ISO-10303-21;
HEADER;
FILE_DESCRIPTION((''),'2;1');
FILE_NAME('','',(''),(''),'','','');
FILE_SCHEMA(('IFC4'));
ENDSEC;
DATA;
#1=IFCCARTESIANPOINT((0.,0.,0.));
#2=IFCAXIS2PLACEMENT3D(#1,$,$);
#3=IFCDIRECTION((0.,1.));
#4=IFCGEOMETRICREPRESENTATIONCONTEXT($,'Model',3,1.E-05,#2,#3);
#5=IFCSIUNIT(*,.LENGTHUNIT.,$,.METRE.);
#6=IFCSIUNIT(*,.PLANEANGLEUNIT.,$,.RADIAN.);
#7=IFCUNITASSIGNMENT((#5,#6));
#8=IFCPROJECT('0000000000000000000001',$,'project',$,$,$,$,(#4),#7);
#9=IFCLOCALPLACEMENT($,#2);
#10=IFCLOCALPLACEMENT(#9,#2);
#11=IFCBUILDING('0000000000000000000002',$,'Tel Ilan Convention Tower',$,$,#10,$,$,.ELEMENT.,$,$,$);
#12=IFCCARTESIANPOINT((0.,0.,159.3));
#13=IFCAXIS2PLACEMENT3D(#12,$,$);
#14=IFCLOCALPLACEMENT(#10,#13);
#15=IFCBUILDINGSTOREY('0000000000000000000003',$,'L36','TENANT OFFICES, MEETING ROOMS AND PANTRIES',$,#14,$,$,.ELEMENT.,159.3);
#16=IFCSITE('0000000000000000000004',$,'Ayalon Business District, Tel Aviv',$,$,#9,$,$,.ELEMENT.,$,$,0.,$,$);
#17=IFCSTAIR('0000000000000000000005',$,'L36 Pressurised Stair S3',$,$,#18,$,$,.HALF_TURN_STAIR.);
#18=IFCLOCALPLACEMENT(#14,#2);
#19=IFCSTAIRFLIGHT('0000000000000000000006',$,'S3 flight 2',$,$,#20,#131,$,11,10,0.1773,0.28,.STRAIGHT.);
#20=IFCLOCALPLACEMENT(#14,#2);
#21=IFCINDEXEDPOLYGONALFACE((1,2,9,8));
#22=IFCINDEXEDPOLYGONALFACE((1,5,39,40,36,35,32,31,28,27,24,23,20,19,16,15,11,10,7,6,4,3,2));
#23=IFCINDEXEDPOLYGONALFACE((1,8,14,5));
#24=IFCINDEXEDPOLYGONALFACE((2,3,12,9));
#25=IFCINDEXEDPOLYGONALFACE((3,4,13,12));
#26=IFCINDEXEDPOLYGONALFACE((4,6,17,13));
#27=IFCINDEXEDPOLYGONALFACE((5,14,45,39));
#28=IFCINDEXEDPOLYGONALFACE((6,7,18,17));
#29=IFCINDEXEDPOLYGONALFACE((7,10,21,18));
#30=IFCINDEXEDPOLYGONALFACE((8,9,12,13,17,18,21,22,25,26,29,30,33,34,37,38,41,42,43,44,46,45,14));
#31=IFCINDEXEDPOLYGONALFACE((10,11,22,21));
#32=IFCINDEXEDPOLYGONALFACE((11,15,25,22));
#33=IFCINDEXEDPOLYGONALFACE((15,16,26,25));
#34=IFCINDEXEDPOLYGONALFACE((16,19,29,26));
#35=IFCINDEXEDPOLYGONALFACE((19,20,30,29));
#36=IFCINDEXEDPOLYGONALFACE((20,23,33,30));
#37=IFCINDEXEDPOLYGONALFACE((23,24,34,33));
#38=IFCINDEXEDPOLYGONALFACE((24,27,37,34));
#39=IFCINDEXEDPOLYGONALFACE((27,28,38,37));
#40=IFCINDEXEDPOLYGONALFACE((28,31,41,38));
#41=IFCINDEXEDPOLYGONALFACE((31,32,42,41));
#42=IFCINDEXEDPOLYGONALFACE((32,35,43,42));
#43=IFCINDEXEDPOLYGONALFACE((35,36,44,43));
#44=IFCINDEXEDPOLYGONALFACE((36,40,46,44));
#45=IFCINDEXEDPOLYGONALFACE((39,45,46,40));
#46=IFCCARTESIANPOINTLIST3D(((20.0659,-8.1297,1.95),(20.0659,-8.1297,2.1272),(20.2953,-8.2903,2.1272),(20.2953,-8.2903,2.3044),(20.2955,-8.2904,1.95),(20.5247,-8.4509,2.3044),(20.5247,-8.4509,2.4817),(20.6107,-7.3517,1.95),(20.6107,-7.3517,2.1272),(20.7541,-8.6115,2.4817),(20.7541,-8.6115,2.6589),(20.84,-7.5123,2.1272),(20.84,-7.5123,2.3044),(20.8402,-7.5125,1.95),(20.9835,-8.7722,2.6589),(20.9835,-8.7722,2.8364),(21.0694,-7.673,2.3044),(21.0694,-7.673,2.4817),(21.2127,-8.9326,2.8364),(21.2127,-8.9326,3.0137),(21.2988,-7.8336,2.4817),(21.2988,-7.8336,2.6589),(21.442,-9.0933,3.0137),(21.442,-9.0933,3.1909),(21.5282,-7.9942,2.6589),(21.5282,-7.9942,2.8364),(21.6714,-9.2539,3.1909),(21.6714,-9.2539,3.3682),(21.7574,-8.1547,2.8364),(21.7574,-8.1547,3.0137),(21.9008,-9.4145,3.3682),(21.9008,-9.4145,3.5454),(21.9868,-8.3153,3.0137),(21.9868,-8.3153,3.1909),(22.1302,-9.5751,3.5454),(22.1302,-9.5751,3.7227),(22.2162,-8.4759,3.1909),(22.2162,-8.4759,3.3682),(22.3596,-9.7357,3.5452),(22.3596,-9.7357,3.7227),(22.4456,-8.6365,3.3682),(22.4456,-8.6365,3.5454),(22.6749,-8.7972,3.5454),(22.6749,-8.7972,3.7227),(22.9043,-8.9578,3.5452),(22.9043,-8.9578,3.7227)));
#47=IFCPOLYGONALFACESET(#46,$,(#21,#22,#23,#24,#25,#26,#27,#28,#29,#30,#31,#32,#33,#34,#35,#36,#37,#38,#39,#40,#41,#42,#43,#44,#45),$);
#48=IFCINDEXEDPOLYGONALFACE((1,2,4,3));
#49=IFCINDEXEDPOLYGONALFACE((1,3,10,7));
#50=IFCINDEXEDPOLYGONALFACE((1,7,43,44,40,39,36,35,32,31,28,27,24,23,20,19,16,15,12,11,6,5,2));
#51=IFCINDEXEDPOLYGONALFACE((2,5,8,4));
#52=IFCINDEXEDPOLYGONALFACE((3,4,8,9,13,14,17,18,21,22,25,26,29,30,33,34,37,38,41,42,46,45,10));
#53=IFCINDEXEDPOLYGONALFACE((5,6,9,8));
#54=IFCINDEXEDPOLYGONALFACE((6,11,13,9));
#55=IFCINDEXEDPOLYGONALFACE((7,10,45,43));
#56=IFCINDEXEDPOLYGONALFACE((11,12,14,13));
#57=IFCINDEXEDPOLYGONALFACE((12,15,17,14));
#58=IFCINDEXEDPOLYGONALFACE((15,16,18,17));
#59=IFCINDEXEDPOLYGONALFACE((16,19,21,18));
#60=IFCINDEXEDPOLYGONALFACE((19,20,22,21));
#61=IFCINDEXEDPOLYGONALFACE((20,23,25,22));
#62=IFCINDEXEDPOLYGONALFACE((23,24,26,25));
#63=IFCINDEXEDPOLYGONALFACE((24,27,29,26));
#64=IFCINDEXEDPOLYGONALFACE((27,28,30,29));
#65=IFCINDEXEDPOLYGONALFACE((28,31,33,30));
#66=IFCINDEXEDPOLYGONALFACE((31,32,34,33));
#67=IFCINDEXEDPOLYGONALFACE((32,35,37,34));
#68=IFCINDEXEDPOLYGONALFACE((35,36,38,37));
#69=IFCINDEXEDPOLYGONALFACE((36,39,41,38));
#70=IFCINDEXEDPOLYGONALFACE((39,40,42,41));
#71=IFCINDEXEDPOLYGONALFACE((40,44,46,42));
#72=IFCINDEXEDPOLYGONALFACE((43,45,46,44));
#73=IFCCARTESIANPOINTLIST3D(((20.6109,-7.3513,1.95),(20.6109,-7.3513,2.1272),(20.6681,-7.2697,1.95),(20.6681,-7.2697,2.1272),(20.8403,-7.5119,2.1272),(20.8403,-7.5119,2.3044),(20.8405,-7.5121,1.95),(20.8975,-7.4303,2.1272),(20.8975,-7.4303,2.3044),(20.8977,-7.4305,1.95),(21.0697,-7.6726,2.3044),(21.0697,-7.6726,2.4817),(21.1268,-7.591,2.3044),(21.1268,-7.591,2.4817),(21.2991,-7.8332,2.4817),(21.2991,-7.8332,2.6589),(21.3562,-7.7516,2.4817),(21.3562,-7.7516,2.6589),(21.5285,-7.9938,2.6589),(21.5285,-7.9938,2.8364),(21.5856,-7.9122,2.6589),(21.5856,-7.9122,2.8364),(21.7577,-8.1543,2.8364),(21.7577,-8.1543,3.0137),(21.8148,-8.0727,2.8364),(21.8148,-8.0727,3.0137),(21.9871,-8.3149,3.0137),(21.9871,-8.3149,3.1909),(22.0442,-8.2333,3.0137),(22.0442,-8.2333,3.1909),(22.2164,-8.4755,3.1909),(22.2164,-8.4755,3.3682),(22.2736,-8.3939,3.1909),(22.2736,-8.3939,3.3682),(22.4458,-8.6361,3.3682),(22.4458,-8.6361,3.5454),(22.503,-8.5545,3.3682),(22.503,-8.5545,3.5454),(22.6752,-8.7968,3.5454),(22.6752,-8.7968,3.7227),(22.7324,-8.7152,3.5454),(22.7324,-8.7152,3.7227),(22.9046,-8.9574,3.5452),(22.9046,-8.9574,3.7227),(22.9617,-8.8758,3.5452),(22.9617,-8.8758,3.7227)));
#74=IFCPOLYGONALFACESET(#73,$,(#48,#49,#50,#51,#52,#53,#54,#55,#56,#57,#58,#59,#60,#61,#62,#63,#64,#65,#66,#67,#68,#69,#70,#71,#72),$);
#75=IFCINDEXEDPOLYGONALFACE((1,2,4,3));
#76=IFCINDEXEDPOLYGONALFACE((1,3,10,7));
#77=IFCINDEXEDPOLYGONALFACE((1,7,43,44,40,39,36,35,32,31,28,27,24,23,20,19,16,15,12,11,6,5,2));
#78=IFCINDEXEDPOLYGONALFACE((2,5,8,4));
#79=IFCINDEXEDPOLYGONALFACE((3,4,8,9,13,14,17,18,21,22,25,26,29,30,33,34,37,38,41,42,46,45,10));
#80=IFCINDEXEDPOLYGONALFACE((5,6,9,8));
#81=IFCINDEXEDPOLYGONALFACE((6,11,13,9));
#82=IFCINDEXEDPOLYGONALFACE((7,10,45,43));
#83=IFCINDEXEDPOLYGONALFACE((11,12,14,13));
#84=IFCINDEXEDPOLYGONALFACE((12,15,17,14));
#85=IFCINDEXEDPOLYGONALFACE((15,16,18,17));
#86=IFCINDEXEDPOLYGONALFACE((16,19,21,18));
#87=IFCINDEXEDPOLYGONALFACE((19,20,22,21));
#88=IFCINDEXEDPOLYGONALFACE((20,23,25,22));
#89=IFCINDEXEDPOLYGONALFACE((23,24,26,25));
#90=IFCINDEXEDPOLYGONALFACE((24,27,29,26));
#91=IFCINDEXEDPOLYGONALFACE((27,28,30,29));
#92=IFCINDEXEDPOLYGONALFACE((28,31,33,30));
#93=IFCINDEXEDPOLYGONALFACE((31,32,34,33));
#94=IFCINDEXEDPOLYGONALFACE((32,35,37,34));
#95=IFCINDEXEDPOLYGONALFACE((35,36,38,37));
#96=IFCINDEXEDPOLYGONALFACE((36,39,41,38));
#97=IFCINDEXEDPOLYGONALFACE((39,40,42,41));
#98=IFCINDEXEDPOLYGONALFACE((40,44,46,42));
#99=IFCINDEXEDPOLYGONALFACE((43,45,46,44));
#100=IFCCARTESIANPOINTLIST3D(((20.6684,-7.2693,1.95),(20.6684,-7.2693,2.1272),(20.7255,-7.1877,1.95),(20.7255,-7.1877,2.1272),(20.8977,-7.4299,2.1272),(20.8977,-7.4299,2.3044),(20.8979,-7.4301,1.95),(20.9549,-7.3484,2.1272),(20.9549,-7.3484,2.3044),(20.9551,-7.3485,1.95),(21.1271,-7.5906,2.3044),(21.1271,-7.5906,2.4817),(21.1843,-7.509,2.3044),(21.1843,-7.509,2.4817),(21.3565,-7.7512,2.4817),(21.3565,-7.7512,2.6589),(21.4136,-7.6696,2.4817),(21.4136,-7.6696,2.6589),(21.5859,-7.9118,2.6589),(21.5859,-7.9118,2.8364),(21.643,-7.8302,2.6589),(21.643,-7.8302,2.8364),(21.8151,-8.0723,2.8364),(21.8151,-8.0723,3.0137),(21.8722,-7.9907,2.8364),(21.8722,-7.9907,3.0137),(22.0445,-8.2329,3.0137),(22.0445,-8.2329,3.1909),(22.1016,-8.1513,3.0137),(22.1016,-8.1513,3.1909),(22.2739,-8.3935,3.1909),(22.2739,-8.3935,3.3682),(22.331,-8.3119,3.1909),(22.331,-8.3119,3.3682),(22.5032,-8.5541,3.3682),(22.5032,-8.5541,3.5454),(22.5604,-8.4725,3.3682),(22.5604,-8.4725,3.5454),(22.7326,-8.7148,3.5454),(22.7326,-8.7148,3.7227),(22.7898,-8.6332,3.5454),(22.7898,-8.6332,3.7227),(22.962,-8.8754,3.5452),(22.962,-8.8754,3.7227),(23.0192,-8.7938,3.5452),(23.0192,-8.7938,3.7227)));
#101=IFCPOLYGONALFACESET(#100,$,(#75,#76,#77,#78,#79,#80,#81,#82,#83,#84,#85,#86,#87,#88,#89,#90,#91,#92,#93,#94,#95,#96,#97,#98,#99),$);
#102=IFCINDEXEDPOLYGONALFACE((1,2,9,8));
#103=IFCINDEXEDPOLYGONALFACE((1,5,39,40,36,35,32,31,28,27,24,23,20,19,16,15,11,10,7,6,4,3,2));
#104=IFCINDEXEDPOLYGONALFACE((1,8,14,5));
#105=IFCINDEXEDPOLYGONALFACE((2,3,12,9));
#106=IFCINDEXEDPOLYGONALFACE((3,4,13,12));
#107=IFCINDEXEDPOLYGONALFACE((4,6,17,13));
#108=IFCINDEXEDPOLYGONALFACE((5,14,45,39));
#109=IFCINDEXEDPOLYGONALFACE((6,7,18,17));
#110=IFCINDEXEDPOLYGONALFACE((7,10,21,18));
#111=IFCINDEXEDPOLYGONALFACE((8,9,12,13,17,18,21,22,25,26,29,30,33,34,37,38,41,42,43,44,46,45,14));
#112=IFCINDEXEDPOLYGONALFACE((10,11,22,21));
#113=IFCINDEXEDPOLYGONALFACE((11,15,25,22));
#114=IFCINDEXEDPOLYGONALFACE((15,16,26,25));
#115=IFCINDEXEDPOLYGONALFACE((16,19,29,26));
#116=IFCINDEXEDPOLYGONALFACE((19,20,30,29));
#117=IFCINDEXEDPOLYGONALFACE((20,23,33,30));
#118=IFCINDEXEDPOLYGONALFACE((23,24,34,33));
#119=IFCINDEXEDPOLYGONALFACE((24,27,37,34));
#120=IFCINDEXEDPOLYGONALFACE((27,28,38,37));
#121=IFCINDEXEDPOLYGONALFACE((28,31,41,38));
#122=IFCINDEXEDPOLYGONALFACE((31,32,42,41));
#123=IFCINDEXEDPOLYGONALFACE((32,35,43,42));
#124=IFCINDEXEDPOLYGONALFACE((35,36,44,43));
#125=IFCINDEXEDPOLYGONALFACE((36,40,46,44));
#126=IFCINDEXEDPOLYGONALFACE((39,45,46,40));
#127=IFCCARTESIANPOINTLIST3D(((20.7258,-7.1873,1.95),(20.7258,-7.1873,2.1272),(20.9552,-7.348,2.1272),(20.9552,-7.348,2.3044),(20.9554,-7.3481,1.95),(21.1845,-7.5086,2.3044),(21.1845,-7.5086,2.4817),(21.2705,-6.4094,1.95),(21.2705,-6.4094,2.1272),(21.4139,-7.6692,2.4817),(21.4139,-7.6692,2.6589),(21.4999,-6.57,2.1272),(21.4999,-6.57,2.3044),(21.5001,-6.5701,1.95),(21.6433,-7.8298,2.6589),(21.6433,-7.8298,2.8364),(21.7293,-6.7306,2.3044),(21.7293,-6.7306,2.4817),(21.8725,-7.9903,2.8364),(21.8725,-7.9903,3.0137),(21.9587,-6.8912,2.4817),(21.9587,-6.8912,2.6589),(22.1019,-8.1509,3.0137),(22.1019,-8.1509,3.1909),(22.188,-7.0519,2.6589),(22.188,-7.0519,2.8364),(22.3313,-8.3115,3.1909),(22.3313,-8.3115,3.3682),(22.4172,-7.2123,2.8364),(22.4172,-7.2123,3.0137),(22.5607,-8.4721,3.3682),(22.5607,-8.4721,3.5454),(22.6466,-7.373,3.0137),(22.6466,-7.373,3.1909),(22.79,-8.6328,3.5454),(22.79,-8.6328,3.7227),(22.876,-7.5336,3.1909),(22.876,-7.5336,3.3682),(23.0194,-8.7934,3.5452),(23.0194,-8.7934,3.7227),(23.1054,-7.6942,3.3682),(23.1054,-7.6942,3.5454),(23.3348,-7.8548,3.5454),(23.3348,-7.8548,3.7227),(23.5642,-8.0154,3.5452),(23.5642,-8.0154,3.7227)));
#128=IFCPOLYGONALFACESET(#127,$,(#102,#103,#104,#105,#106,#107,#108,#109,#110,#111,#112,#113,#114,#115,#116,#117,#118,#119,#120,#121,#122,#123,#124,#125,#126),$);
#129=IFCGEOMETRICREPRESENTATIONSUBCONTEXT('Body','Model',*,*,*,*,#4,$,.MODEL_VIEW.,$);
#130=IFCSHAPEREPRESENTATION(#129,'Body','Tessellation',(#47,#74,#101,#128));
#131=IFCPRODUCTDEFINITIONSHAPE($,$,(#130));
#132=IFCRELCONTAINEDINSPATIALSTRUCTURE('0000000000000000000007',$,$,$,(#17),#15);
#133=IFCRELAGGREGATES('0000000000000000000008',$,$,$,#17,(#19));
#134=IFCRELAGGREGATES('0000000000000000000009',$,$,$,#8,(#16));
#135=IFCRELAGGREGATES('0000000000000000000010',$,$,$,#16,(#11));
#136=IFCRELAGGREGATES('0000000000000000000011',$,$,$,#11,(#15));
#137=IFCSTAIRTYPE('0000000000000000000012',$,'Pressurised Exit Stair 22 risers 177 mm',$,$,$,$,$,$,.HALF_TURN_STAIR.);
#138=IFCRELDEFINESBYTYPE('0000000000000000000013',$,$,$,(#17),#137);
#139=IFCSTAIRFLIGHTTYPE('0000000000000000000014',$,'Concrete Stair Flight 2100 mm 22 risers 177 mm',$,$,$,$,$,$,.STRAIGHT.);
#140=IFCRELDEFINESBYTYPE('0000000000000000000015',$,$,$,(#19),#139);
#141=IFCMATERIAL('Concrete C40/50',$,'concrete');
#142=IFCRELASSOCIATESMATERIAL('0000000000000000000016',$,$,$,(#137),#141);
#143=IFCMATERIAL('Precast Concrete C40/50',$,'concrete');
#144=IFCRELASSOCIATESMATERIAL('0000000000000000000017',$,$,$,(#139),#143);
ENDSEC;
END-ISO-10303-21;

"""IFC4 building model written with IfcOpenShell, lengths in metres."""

from ifc_helpers import new_model, si_unit, direction, frame, origin, place, context, subcontext, project, spatial, polyline, outline, extrude, material, type_object, element, aggregate, save


model = new_model("IFC4")

# Units and contexts
model_context = context("Model", 3, precision=1e-05, world=origin(), true_north=direction((0.0, 1.0)))
body_context = subcontext(model_context, "Body", "Model", "MODEL_VIEW")
ifc_project = project(units=[si_unit("LENGTHUNIT", "METRE"), si_unit("PLANEANGLEUNIT", "RADIAN")], contexts=[model_context])

# Site, building, storey
site_placement = place(None, origin())
site = spatial("IfcSite", under=ifc_project, at=site_placement, Name="Ayalon Business District, Tel Aviv", CompositionType="ELEMENT", RefElevation=0.0)
building_placement = place(site_placement, origin())
building = spatial("IfcBuilding", under=site, at=building_placement, Name="Tel Ilan Convention Tower", CompositionType="ELEMENT")
storey_placement = place(building_placement, frame((0.0, 0.0, 159.3)))
storey = spatial("IfcBuildingStorey", under=building, at=storey_placement, Name="L36", Description="TENANT OFFICES, MEETING ROOMS AND PANTRIES", CompositionType="ELEMENT", Elevation=159.3)

# Stair, stair flight
ifc_material_1 = material(Name="Concrete C40/50", Category="concrete")
stair_type = type_object("IfcStairType", Name="Pressurised Exit Stair 22 risers 177 mm", PredefinedType="HALF_TURN_STAIR", material=ifc_material_1)
stair_1_placement = place(storey_placement, origin())
stair_1 = element("IfcStair", 1, at=stair_1_placement, inside=storey, type_object=stair_type, Name="L36 Pressurised Stair S3", PredefinedType="HALF_TURN_STAIR")
ifc_material_2 = material(Name="Precast Concrete C40/50", Category="concrete")
stair_flight_type = type_object("IfcStairFlightType", Name="Concrete Stair Flight 2100 mm 22 risers 177 mm", PredefinedType="STRAIGHT", material=ifc_material_2)
stair_flight_1_placement = place(storey_placement, frame((20.6682, -7.2695, 1.95), z_axis=(0.0, 0.0, 1.0), x_axis=(0.819152, -0.573576, 0.0)))
stair_flight_1 = element("IfcStairFlight", 2, at=stair_flight_1_placement, type_object=stair_flight_type, Name="S3 flight 2", NumberOfRisers=11, NumberOfTreads=10, PredefinedType="STRAIGHT", RiserHeight=0.1773, TreadLength=0.28, context=body_context, shape_type="SweptSolid", body=[
    extrude(outline(polyline([(0.0, 0.0), (0.0, 0.1772), (0.28, 0.1772), (0.28, 0.3545), (0.5601, 0.3545), (0.5601, 0.5317), (0.8401, 0.5317), (0.8401, 0.709), (1.1201, 0.709), (1.1201, 0.8865), (1.3999, 0.8865), (1.3999, 1.0637), (1.6799, 1.0637), (1.6799, 1.241), (1.96, 1.241), (1.96, 1.4182), (2.24, 1.4182), (2.24, 1.5955), (2.52, 1.5955), (2.52, 1.7727), (2.8, 1.7727), (2.8, 1.95), (2.8, 1.5952), (0.2803, 0.0), (0.0, 0.0)])), frame((0.0, -0.1003, 0.0), z_axis=(0.0, -1.0, 0.0), x_axis=(1.0, 0.0, 0.0)), (0.0, 0.0, 1.0), 0.9497),
    extrude(outline(polyline([(0.0, 0.0), (0.0, 0.1772), (0.28, 0.1772), (0.28, 0.3545), (0.5601, 0.3545), (0.5601, 0.5317), (0.8401, 0.5317), (0.8401, 0.709), (1.1201, 0.709), (1.1201, 0.8865), (1.3999, 0.8865), (1.3999, 1.0637), (1.6799, 1.0637), (1.6799, 1.241), (1.96, 1.241), (1.96, 1.4182), (2.24, 1.4182), (2.24, 1.5955), (2.52, 1.5955), (2.52, 1.7727), (2.8, 1.7727), (2.8, 1.95), (2.8, 1.5952), (0.2803, 0.0), (0.0, 0.0)])), frame((0.0, -0.0002, 0.0), z_axis=(0.0, -1.0, 0.0), x_axis=(1.0, 0.0, 0.0)), (0.0, 0.0, 1.0), 0.0996),
    extrude(outline(polyline([(0.0, 0.0), (0.0, 0.1772), (0.28, 0.1772), (0.28, 0.3545), (0.5601, 0.3545), (0.5601, 0.5317), (0.8401, 0.5317), (0.8401, 0.709), (1.1201, 0.709), (1.1201, 0.8865), (1.3999, 0.8865), (1.3999, 1.0637), (1.6799, 1.0637), (1.6799, 1.241), (1.96, 1.241), (1.96, 1.4182), (2.24, 1.4182), (2.24, 1.5955), (2.52, 1.5955), (2.52, 1.7727), (2.8, 1.7727), (2.8, 1.95), (2.8, 1.5952), (0.2803, 0.0), (0.0, 0.0)])), frame((0.0, 0.0999, 0.0), z_axis=(0.0, -1.0, 0.0), x_axis=(1.0, 0.0, 0.0)), (0.0, 0.0, 1.0), 0.0996),
    extrude(outline(polyline([(0.0, 0.0), (0.0, 0.1772), (0.28, 0.1772), (0.28, 0.3545), (0.5601, 0.3545), (0.5601, 0.5317), (0.8401, 0.5317), (0.8401, 0.709), (1.1201, 0.709), (1.1201, 0.8865), (1.3999, 0.8865), (1.3999, 1.0637), (1.6799, 1.0637), (1.6799, 1.241), (1.96, 1.241), (1.96, 1.4182), (2.24, 1.4182), (2.24, 1.5955), (2.52, 1.5955), (2.52, 1.7727), (2.8, 1.7727), (2.8, 1.95), (2.8, 1.5952), (0.2803, 0.0), (0.0, 0.0)])), frame((0.0, 1.05, 0.0), z_axis=(0.0, -1.0, 0.0), x_axis=(1.0, 0.0, 0.0)), (0.0, 0.0, 1.0), 0.9497),
])
aggregate(stair_1, [stair_flight_1])

save(model, "model.ifc")
